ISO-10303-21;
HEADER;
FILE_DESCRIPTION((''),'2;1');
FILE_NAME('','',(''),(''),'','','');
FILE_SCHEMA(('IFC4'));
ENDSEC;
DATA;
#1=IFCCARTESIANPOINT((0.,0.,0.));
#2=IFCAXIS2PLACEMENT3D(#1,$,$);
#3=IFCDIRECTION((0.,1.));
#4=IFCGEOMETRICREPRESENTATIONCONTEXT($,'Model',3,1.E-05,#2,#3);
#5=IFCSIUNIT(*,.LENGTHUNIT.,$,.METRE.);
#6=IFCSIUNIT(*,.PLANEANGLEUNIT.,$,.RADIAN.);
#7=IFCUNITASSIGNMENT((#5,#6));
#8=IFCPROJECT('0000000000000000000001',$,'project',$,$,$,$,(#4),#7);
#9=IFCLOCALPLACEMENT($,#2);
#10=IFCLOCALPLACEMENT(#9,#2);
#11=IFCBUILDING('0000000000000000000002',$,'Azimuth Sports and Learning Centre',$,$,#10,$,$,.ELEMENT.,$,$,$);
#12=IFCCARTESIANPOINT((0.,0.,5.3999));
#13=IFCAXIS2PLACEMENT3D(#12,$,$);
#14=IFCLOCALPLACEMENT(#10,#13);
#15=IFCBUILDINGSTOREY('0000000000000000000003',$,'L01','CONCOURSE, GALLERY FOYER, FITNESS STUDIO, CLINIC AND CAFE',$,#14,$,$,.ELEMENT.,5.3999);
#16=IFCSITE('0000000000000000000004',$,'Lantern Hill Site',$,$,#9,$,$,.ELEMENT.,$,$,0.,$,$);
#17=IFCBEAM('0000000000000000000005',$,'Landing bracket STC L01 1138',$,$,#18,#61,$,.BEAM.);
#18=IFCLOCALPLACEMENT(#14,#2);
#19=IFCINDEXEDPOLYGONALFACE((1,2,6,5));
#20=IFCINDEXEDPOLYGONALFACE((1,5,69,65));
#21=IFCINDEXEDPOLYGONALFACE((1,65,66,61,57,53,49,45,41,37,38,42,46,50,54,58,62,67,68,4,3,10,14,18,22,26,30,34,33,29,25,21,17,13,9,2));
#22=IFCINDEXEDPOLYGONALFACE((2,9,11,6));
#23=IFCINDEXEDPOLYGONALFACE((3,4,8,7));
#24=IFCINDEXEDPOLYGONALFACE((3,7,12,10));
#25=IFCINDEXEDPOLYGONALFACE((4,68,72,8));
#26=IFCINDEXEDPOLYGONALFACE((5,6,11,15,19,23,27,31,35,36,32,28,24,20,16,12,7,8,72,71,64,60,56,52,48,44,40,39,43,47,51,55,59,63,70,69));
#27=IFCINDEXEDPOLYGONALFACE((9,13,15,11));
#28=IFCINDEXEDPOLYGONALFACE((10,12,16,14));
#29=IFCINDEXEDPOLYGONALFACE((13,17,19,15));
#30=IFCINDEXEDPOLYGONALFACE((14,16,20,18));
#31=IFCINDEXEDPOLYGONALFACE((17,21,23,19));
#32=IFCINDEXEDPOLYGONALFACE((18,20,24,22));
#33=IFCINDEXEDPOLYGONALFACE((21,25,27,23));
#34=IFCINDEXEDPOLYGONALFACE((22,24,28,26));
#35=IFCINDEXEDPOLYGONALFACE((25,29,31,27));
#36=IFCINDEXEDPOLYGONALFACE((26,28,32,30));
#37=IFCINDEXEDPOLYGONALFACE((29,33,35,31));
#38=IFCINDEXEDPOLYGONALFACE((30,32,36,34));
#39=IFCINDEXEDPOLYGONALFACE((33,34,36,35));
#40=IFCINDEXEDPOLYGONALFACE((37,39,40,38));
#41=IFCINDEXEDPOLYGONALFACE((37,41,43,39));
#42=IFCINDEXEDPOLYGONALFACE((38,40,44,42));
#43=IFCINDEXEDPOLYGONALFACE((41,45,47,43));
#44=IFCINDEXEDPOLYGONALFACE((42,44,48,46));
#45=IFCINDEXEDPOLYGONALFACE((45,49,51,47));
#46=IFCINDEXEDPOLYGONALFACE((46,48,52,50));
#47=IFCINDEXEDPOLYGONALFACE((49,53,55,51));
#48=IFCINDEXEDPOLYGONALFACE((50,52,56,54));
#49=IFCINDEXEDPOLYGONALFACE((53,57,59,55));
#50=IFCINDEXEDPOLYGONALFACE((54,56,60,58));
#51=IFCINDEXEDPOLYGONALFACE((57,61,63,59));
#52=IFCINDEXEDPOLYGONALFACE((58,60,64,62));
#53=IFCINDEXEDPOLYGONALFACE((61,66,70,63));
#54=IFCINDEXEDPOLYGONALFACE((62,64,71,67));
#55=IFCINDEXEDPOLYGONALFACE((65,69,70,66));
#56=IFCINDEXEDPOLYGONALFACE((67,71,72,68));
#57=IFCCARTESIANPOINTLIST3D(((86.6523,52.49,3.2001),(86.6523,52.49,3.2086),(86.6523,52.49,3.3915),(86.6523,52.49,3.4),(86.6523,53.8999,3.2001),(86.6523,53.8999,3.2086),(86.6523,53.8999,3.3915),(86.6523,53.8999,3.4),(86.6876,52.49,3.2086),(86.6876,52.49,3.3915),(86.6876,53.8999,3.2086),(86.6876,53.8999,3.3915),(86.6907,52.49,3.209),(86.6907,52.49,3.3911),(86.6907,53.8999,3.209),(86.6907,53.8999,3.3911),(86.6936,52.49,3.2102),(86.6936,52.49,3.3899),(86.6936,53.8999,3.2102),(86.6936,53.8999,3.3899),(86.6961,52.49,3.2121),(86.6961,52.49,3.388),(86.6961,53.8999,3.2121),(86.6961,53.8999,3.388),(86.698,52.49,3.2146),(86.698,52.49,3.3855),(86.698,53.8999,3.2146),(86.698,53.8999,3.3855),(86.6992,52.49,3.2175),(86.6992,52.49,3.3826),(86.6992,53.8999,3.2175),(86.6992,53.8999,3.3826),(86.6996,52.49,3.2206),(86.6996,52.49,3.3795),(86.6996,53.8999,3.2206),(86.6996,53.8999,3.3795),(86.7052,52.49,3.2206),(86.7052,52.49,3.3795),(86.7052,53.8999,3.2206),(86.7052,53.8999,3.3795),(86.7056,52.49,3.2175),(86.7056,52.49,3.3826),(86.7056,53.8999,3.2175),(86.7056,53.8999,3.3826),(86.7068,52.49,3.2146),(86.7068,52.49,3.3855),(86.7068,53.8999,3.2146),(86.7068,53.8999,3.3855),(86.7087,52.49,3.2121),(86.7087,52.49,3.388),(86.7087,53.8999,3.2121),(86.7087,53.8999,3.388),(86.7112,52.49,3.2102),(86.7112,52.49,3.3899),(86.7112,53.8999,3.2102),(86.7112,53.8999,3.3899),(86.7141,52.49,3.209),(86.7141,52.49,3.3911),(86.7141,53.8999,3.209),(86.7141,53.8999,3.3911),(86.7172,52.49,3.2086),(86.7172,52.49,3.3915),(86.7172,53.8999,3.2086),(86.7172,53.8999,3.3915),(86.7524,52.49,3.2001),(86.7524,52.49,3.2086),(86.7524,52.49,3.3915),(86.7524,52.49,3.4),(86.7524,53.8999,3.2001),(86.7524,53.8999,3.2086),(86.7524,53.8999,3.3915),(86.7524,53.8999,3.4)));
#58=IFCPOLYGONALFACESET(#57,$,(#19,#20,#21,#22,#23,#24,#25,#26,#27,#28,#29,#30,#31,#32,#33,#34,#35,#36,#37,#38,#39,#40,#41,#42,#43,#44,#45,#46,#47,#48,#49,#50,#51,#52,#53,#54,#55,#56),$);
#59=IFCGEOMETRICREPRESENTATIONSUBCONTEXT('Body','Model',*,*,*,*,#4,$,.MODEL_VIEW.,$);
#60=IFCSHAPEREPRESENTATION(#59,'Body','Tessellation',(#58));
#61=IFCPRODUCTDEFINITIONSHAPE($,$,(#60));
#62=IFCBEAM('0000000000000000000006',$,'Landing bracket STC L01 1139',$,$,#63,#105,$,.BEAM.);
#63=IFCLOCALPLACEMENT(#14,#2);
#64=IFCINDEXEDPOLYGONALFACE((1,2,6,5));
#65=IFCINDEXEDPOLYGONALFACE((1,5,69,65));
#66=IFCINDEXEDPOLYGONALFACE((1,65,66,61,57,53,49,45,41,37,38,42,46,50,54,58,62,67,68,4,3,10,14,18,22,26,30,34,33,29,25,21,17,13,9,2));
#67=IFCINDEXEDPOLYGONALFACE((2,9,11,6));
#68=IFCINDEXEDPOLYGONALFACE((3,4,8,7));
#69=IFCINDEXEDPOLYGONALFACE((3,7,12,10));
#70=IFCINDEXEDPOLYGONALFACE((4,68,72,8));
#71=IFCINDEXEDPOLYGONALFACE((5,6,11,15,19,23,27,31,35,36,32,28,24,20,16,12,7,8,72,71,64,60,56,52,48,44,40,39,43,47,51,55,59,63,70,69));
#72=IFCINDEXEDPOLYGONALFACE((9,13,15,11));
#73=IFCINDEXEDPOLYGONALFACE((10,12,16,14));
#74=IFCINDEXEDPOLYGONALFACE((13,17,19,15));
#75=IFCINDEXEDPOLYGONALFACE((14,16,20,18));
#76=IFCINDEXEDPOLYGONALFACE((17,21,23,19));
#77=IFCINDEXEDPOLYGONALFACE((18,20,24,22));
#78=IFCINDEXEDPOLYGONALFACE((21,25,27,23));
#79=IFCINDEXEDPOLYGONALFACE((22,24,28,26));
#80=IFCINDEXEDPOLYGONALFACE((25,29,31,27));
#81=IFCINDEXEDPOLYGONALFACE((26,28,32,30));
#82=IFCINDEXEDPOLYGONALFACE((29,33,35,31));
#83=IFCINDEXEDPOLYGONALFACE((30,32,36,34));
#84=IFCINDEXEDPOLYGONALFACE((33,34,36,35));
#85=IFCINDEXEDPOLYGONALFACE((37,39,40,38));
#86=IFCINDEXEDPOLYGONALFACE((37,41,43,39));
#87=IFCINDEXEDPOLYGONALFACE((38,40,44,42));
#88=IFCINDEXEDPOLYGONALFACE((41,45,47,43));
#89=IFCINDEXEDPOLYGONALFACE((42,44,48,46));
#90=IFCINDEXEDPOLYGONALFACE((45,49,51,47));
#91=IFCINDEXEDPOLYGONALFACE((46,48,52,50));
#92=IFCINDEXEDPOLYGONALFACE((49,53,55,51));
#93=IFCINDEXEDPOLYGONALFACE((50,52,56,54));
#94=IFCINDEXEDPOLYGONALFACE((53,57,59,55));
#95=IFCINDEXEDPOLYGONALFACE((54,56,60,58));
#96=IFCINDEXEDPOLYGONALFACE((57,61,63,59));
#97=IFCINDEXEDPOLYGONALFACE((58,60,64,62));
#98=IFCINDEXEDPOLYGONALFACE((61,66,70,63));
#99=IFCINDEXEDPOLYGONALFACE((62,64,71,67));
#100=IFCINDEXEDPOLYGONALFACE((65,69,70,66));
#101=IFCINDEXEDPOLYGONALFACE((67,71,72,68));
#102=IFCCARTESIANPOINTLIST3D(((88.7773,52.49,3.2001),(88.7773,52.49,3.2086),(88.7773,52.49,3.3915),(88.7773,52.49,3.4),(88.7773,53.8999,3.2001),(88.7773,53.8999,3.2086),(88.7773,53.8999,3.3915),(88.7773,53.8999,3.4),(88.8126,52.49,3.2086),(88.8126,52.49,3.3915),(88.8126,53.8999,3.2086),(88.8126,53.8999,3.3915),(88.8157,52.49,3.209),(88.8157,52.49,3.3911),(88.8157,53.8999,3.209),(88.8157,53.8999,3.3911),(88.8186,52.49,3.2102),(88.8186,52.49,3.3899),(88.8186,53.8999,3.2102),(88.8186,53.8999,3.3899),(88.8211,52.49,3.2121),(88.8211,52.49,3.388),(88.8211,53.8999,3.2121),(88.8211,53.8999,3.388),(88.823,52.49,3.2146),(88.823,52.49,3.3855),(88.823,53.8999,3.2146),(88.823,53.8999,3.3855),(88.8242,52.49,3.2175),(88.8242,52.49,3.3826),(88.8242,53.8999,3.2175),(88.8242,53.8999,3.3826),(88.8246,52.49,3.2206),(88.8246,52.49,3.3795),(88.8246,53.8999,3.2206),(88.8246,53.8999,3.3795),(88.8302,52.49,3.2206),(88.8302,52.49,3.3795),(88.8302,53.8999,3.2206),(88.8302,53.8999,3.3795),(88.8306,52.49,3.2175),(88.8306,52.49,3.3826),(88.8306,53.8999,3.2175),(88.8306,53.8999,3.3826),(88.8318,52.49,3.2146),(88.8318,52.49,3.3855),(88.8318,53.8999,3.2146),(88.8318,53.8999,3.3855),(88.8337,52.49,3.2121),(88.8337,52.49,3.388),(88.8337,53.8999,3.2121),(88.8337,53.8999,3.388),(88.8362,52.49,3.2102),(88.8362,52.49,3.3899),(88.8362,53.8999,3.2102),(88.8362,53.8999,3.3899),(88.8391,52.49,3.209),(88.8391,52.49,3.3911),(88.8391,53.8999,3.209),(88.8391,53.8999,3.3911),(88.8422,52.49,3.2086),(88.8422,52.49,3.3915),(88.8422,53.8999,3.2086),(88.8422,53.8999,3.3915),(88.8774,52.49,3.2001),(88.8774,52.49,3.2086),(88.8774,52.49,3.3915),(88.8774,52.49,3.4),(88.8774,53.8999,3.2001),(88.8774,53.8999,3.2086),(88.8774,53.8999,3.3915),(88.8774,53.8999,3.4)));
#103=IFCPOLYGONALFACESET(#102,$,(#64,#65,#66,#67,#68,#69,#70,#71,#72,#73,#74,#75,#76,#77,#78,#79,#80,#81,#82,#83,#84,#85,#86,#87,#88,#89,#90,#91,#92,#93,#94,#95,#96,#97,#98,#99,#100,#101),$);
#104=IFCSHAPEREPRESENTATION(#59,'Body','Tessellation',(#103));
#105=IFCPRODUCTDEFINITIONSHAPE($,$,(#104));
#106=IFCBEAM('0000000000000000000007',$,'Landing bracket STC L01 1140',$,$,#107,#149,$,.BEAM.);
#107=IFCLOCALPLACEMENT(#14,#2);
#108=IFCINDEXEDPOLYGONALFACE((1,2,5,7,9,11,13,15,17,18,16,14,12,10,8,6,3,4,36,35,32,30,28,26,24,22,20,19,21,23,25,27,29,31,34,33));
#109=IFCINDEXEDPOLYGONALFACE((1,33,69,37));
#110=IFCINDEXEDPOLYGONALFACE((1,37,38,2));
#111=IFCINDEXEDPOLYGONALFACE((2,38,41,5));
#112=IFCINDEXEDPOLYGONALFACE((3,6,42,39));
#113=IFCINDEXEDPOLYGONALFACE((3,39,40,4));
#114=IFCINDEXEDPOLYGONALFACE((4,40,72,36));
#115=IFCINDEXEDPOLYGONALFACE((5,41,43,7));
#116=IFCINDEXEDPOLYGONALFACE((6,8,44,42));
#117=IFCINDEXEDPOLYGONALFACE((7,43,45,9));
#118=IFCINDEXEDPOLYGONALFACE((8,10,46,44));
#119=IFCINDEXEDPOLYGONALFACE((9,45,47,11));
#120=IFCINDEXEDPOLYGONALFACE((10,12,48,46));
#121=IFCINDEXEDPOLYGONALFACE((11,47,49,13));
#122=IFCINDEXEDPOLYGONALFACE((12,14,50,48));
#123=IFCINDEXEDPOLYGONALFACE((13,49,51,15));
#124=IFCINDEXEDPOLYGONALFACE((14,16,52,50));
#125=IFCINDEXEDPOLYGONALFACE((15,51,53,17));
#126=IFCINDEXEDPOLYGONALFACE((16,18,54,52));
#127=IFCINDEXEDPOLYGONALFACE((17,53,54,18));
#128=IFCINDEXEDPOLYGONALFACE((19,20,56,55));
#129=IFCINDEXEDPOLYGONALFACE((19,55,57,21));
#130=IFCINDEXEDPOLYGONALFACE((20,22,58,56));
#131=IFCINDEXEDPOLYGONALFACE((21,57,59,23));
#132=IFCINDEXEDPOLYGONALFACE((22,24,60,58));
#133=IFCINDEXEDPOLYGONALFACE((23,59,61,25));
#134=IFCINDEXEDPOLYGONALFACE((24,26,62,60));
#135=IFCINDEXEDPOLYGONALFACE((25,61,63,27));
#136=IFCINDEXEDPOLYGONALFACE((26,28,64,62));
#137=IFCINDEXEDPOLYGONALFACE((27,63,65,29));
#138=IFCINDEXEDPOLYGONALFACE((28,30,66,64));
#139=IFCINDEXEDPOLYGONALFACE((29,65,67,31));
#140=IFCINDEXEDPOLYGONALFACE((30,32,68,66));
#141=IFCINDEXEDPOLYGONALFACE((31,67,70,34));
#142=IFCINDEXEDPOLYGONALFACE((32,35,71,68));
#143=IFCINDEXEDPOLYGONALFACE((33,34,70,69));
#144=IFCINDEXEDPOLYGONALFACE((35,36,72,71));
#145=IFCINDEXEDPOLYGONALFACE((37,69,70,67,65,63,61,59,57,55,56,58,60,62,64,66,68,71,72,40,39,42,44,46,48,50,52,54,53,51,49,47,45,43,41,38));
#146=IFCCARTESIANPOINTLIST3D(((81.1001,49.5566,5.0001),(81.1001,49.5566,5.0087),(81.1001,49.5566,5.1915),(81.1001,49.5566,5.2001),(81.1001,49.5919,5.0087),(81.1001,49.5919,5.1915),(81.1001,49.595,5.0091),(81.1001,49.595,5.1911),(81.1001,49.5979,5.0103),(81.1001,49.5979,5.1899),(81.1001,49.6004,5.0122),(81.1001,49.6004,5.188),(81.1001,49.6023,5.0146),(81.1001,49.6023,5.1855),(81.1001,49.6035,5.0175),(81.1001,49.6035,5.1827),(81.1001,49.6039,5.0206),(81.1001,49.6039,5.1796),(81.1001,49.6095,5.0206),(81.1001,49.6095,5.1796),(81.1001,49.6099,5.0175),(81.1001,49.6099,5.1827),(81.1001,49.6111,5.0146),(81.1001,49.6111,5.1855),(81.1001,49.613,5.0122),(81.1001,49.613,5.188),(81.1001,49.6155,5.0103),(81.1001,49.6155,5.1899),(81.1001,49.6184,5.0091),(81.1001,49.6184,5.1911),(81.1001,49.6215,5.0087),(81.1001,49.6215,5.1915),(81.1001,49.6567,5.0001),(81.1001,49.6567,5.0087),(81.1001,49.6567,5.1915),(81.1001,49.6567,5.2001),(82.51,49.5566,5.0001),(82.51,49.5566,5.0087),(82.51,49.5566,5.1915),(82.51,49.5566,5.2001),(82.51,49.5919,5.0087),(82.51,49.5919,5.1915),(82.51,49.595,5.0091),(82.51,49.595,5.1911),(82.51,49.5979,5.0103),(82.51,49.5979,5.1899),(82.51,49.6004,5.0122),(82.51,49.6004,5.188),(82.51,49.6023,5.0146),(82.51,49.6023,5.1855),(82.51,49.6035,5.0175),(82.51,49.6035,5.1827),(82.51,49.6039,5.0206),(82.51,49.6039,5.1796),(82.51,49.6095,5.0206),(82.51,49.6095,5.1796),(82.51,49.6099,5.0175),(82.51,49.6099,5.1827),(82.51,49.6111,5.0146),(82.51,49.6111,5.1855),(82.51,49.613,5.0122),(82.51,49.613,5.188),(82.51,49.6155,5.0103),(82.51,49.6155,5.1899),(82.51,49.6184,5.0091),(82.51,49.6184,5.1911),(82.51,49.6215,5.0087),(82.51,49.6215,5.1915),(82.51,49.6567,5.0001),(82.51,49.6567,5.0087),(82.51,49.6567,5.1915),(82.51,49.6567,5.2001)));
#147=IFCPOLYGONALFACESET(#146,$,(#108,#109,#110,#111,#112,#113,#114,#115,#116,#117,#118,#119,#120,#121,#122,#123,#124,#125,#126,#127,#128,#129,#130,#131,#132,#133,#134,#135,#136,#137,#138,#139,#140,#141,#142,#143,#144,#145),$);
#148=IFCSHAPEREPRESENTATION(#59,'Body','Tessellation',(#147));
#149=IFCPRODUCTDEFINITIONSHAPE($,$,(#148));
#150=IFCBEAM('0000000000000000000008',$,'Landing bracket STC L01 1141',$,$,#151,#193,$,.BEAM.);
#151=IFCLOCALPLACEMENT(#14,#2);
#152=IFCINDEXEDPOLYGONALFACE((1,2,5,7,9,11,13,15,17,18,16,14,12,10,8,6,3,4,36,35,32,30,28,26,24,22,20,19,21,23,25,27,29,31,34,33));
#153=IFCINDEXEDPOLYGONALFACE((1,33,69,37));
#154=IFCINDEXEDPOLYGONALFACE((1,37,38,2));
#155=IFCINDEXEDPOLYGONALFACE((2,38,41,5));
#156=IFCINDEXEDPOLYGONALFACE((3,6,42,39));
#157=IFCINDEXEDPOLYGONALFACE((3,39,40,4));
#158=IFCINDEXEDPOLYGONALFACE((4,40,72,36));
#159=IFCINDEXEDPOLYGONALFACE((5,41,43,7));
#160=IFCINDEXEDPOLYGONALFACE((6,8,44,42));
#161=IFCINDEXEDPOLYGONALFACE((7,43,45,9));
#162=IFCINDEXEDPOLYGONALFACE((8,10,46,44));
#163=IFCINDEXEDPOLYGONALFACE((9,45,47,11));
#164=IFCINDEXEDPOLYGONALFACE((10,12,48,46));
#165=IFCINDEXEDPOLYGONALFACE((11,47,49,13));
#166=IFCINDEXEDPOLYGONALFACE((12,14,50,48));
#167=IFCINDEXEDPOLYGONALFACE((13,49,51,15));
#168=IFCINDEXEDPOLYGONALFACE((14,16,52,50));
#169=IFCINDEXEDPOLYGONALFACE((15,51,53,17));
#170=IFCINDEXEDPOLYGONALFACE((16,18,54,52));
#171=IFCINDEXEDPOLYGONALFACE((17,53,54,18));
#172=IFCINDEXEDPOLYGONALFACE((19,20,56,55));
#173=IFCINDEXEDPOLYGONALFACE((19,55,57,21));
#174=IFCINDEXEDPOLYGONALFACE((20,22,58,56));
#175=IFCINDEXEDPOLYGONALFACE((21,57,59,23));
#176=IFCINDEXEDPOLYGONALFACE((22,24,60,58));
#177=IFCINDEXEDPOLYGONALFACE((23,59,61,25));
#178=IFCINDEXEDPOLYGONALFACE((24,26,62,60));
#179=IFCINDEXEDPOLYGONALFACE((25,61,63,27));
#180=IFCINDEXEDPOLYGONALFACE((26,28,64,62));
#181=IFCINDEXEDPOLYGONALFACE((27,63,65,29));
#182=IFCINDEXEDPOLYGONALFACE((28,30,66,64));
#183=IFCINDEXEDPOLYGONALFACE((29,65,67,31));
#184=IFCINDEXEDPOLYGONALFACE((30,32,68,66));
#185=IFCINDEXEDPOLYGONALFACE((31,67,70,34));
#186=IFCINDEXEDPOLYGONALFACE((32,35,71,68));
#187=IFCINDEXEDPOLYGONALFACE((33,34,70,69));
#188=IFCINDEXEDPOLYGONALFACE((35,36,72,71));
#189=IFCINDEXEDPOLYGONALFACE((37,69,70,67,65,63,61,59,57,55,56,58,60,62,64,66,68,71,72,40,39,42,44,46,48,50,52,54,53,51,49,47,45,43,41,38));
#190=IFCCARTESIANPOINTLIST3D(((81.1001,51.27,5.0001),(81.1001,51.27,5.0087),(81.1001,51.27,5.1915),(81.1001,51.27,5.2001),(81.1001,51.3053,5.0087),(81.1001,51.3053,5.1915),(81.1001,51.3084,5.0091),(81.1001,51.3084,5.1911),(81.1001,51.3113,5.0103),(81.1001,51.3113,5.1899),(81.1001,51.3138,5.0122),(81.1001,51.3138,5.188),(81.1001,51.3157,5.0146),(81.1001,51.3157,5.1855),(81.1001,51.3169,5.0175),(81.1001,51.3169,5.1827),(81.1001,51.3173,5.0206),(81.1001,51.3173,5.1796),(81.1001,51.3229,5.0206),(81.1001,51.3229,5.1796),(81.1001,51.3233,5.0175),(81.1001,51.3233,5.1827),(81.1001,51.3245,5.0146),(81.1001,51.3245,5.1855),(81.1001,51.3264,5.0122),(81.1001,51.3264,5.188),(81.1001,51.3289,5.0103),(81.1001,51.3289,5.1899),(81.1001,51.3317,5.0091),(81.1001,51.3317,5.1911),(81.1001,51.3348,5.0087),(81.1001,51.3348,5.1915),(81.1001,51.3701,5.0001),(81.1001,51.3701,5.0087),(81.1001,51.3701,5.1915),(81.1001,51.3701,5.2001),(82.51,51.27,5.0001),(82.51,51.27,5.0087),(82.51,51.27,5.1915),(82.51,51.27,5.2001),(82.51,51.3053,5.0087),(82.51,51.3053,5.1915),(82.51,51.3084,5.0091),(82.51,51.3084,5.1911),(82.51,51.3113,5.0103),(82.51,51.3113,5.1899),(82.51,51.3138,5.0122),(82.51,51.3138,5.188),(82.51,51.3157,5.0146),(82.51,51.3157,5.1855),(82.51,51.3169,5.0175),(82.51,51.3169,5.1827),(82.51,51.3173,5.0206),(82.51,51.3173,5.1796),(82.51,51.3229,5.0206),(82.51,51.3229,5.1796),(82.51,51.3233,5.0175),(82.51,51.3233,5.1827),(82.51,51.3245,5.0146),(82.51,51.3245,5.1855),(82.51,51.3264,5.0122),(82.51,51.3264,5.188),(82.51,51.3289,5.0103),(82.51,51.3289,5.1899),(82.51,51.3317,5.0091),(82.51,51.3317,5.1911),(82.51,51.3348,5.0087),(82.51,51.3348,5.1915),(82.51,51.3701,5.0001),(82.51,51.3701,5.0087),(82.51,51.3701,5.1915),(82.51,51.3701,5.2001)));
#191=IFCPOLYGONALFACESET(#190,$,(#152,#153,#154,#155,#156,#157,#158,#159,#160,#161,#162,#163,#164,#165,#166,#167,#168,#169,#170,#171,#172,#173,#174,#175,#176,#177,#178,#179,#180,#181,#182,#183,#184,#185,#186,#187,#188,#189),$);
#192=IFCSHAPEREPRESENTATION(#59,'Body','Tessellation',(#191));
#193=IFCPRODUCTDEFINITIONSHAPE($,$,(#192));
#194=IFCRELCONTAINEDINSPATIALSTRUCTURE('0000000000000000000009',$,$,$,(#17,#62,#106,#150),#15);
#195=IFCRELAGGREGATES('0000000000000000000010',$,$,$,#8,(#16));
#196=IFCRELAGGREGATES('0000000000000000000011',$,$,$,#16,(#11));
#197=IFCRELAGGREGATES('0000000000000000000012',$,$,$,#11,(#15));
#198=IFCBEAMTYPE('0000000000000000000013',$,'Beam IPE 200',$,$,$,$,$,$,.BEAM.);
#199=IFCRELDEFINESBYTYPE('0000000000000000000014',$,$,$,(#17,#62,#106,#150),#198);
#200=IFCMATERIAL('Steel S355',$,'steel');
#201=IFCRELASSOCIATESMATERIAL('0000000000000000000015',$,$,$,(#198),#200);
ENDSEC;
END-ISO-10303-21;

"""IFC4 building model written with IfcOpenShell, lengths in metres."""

from ifc_helpers import new_model, si_unit, direction, frame, origin, origin_2d, place, context, subcontext, project, spatial, i_section, extrude, material, material_profile, profile_set, type_object, element, save


model = new_model("IFC4")

# Units and contexts
model_context = context("Model", 3, precision=1e-05, world=origin(), true_north=direction((0.0, 1.0)))
body_context = subcontext(model_context, "Body", "Model", "MODEL_VIEW")
ifc_project = project(units=[si_unit("LENGTHUNIT", "METRE"), si_unit("PLANEANGLEUNIT", "RADIAN")], contexts=[model_context])

# Site, building, storey
site_placement = place(None, origin())
site = spatial("IfcSite", under=ifc_project, at=site_placement, Name="Lantern Hill Site", CompositionType="ELEMENT", RefElevation=0.0)
building_placement = place(site_placement, origin())
building = spatial("IfcBuilding", under=site, at=building_placement, Name="Azimuth Sports and Learning Centre", CompositionType="ELEMENT")
storey_placement = place(building_placement, frame((0.0, 0.0, 5.3999)))
storey = spatial("IfcBuildingStorey", under=building, at=storey_placement, Name="L01", Description="CONCOURSE, GALLERY FOYER, FITNESS STUDIO, CLINIC AND CAFE", CompositionType="ELEMENT", Elevation=5.3999)

# Beams
ifc_material_1 = material(Name="Steel S355", Category="steel")
ifc_material_profile_1 = material_profile(ifc_material_1, i_section(OverallWidth=0.1001, OverallDepth=0.2, WebThickness=0.0056, FlangeThickness=0.0085, FilletRadius=0.012, at=origin_2d()), Name="IPE 200")
ifc_profile_set_1 = profile_set([ifc_material_profile_1], Name="Steel S355")
beam_type_1 = type_object("IfcBeamType", Name="Beam IPE 200", PredefinedType="BEAM", material=ifc_profile_set_1)
for number, where, z_axis, x_axis, name in (
    (1, (86.7024, 53.8999, 3.3), (0.0, -1.0, 0.0), (1.0, 0.0, 0.0), "Landing bracket STC L01 1138"),
    (2, (88.8274, 53.8999, 3.3), (0.0, -1.0, 0.0), (1.0, 0.0, 0.0), "Landing bracket STC L01 1139"),
    (3, (81.1001, 49.6067, 5.1001), (1.0, 0.0, 0.0), (0.0, 1.0, 0.0), "Landing bracket STC L01 1140"),
    (4, (81.1001, 51.3201, 5.1001), (1.0, 0.0, 0.0), (0.0, 1.0, 0.0), "Landing bracket STC L01 1141"),
):
    element("IfcBeam", number, at=place(storey_placement, frame(where, z_axis=z_axis, x_axis=x_axis)), inside=storey, type_object=beam_type_1, Name=name, PredefinedType="BEAM", context=body_context, shape_type="SweptSolid", body=[
        extrude(i_section(OverallWidth=0.1001, OverallDepth=0.2, WebThickness=0.0056, FlangeThickness=0.0085, FilletRadius=0.012, at=origin_2d()), origin(), (0.0, 0.0, 1.0), 1.4099),
    ])

save(model, "model.ifc")
